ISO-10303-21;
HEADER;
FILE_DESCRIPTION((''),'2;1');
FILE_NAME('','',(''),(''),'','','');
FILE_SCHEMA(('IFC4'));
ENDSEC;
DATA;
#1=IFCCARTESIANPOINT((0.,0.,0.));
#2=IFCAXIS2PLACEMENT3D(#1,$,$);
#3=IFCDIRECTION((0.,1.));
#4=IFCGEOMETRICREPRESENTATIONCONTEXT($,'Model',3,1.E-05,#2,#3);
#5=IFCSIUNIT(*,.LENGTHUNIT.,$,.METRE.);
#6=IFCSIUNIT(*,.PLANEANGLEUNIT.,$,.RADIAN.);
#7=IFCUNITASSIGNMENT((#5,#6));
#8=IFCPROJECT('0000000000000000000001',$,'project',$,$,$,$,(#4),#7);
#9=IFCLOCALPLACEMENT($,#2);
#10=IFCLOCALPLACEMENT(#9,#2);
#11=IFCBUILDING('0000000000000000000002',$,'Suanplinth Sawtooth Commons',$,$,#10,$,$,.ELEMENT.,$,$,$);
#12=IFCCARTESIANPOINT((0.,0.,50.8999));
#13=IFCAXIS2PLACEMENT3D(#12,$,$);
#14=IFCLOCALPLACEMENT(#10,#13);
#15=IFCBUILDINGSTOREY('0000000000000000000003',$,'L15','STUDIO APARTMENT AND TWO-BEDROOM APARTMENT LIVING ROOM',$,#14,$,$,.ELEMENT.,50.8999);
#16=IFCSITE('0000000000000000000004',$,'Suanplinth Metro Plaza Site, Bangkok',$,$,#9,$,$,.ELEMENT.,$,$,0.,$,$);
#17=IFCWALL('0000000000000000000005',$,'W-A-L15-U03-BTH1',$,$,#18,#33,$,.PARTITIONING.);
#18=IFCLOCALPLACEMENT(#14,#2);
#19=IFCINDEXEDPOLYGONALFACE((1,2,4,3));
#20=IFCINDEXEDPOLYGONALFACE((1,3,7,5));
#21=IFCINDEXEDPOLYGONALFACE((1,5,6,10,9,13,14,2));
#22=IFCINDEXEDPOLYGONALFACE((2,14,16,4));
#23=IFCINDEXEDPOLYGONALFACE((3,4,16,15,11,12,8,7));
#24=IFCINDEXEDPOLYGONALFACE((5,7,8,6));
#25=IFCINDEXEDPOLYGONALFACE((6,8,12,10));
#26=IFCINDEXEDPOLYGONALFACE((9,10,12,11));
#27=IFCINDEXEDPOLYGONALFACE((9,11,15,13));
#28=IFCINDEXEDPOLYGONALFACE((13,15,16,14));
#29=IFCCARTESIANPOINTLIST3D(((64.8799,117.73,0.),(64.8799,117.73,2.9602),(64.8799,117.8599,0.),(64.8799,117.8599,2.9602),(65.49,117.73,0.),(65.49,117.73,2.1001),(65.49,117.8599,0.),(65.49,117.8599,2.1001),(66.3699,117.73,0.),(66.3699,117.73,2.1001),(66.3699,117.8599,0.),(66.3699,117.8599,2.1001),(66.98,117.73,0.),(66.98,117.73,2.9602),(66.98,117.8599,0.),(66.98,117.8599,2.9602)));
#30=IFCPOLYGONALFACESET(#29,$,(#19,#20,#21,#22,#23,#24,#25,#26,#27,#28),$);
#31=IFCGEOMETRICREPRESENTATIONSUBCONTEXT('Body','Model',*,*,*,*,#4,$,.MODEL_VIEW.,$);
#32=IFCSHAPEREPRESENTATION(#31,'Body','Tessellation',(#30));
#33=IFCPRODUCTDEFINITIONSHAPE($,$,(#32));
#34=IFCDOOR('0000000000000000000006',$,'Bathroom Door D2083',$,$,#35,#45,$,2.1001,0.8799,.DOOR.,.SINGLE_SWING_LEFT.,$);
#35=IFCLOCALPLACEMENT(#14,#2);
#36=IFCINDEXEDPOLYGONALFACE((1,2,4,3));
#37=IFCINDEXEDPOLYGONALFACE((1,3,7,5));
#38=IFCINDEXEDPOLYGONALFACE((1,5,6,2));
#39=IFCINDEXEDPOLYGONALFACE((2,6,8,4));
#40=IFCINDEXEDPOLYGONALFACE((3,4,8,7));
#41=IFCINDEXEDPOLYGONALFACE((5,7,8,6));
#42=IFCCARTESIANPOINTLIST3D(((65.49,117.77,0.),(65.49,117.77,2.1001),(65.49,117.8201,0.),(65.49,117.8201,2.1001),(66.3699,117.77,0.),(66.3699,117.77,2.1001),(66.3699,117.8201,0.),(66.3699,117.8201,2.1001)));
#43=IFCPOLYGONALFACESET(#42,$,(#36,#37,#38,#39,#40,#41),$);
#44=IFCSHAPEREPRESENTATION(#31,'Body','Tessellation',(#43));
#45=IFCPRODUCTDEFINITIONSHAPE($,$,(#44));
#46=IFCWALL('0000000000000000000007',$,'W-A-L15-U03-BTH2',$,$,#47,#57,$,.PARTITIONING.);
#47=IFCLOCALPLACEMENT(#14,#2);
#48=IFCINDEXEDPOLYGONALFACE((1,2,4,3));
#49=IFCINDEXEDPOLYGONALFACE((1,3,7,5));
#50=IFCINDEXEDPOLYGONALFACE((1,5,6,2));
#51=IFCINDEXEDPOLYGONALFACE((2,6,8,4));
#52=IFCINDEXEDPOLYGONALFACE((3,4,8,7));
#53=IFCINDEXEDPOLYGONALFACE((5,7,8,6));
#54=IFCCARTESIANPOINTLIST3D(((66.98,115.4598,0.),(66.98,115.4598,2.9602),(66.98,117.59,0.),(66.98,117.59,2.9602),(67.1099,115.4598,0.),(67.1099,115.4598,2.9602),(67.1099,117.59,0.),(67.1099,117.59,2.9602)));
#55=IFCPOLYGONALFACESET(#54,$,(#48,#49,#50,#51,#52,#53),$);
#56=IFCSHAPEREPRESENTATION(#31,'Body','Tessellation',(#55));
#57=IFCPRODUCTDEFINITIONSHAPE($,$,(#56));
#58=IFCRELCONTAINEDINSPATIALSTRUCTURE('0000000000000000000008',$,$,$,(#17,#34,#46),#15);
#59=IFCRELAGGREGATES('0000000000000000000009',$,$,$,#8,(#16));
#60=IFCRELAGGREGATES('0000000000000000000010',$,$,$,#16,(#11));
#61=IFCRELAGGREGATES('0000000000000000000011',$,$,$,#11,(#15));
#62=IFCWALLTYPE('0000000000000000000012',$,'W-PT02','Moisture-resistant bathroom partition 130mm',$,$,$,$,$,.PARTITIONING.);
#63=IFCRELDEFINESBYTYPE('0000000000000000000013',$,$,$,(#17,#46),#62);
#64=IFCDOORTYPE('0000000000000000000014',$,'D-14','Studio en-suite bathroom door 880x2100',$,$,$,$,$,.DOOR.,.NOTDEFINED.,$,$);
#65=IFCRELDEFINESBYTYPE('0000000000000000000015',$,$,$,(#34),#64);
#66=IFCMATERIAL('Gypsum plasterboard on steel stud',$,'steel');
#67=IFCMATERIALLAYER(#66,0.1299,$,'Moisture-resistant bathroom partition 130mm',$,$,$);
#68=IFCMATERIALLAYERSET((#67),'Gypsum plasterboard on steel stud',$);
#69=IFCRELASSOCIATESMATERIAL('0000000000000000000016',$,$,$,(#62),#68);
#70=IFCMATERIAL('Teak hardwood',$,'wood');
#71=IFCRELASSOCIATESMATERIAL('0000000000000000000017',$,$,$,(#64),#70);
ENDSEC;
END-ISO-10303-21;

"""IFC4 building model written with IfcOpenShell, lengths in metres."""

from ifc_helpers import new_model, si_unit, direction, frame, frame_2d, origin, place, context, subcontext, project, spatial, rectangle, extrude, material, layer, layer_set, type_object, element, fill, save


model = new_model("IFC4")

# Units and contexts
model_context = context("Model", 3, precision=1e-05, world=origin(), true_north=direction((0.0, 1.0)))
body_context = subcontext(model_context, "Body", "Model", "MODEL_VIEW")
ifc_project = project(units=[si_unit("LENGTHUNIT", "METRE"), si_unit("PLANEANGLEUNIT", "RADIAN")], contexts=[model_context])

# Site, building, storey
site_placement = place(None, origin())
site = spatial("IfcSite", under=ifc_project, at=site_placement, Name="Suanplinth Metro Plaza Site, Bangkok", CompositionType="ELEMENT", RefElevation=0.0)
building_placement = place(site_placement, origin())
building = spatial("IfcBuilding", under=site, at=building_placement, Name="Suanplinth Sawtooth Commons", CompositionType="ELEMENT")
storey_placement = place(building_placement, frame((0.0, 0.0, 50.8999)))
storey = spatial("IfcBuildingStorey", under=building, at=storey_placement, Name="L15", Description="STUDIO APARTMENT AND TWO-BEDROOM APARTMENT LIVING ROOM", CompositionType="ELEMENT", Elevation=50.8999)

# Wall, opening, door
ifc_material_1 = material(Name="Gypsum plasterboard on steel stud", Category="steel")
ifc_material_2 = material(Name="Teak hardwood", Category="wood")
ifc_layer_1 = layer(ifc_material_1, 0.1299, Name="Moisture-resistant bathroom partition 130mm")
ifc_layer_set_1 = layer_set([ifc_layer_1], Name="Gypsum plasterboard on steel stud")
wall_type_1 = type_object("IfcWallType", Name="W-PT02", Description="Moisture-resistant bathroom partition 130mm", PredefinedType="PARTITIONING", material=ifc_layer_set_1)
wall_1_placement = place(storey_placement, frame((64.8799, 117.7949, 0.0), z_axis=(0.0, 0.0, 1.0), x_axis=(1.0, 0.0, 0.0)))
wall_1 = element("IfcWall", 1, at=wall_1_placement, inside=storey, type_object=wall_type_1, Name="W-A-L15-U03-BTH1", PredefinedType="PARTITIONING", context=body_context, shape_type="SweptSolid", body=[
    extrude(rectangle(XDim=2.1001, YDim=0.1299, at=frame_2d((1.05, 0.0))), origin(), (0.0, 0.0, 1.0), 2.9602),
])
opening_1_placement = place(wall_1_placement, frame((0.6101, 0.0, 0.0)))
opening_1 = element("IfcOpeningElement", 2, at=opening_1_placement, cuts=wall_1, PredefinedType="OPENING", context=body_context, shape_type="SweptSolid", body=[
    extrude(rectangle(XDim=0.8799, YDim=2.1001, at=frame_2d((0.4399, 1.05))), frame((0.0, 0.0798, 0.0), z_axis=(0.0, -1.0, 0.0), x_axis=(1.0, 0.0, 0.0)), (0.0, 0.0, 1.0), 0.1597),
])
door_type_1 = type_object("IfcDoorType", Name="D-14", Description="Studio en-suite bathroom door 880x2100", OperationType="NOTDEFINED", PredefinedType="DOOR", material=ifc_material_2)
door_1_placement = place(opening_1_placement, frame((0.8799, 0.0, 0.0), z_axis=(0.0, 0.0, 1.0), x_axis=(-1.0, 0.0, 0.0)))
door_1 = element("IfcDoor", 3, at=door_1_placement, inside=storey, type_object=door_type_1, Name="Bathroom Door D2083", OperationType="SINGLE_SWING_LEFT", OverallHeight=2.1001, OverallWidth=0.8799, PredefinedType="DOOR", context=body_context, shape_type="SweptSolid", body=[
    extrude(rectangle(XDim=0.8799, YDim=2.1001, at=frame_2d((0.4399, 1.05))), frame((0.0, 0.0249, 0.0), z_axis=(0.0, -1.0, 0.0), x_axis=(1.0, 0.0, 0.0)), (0.0, 0.0, 1.0), 0.05),
])
fill(opening_1, door_1)

# Wall
wall_2_placement = place(storey_placement, frame((67.0449, 115.46, 0.0), z_axis=(0.0, 0.0, 1.0), x_axis=(0.0, 1.0, 0.0)))
element("IfcWall", 4, at=wall_2_placement, inside=storey, type_object=wall_type_1, Name="W-A-L15-U03-BTH2", PredefinedType="PARTITIONING", context=body_context, shape_type="SweptSolid", body=[
    extrude(rectangle(XDim=2.1301, YDim=0.1299, at=frame_2d((1.0649, 0.0))), origin(), (0.0, 0.0, 1.0), 2.9602),
])

save(model, "model.ifc")
